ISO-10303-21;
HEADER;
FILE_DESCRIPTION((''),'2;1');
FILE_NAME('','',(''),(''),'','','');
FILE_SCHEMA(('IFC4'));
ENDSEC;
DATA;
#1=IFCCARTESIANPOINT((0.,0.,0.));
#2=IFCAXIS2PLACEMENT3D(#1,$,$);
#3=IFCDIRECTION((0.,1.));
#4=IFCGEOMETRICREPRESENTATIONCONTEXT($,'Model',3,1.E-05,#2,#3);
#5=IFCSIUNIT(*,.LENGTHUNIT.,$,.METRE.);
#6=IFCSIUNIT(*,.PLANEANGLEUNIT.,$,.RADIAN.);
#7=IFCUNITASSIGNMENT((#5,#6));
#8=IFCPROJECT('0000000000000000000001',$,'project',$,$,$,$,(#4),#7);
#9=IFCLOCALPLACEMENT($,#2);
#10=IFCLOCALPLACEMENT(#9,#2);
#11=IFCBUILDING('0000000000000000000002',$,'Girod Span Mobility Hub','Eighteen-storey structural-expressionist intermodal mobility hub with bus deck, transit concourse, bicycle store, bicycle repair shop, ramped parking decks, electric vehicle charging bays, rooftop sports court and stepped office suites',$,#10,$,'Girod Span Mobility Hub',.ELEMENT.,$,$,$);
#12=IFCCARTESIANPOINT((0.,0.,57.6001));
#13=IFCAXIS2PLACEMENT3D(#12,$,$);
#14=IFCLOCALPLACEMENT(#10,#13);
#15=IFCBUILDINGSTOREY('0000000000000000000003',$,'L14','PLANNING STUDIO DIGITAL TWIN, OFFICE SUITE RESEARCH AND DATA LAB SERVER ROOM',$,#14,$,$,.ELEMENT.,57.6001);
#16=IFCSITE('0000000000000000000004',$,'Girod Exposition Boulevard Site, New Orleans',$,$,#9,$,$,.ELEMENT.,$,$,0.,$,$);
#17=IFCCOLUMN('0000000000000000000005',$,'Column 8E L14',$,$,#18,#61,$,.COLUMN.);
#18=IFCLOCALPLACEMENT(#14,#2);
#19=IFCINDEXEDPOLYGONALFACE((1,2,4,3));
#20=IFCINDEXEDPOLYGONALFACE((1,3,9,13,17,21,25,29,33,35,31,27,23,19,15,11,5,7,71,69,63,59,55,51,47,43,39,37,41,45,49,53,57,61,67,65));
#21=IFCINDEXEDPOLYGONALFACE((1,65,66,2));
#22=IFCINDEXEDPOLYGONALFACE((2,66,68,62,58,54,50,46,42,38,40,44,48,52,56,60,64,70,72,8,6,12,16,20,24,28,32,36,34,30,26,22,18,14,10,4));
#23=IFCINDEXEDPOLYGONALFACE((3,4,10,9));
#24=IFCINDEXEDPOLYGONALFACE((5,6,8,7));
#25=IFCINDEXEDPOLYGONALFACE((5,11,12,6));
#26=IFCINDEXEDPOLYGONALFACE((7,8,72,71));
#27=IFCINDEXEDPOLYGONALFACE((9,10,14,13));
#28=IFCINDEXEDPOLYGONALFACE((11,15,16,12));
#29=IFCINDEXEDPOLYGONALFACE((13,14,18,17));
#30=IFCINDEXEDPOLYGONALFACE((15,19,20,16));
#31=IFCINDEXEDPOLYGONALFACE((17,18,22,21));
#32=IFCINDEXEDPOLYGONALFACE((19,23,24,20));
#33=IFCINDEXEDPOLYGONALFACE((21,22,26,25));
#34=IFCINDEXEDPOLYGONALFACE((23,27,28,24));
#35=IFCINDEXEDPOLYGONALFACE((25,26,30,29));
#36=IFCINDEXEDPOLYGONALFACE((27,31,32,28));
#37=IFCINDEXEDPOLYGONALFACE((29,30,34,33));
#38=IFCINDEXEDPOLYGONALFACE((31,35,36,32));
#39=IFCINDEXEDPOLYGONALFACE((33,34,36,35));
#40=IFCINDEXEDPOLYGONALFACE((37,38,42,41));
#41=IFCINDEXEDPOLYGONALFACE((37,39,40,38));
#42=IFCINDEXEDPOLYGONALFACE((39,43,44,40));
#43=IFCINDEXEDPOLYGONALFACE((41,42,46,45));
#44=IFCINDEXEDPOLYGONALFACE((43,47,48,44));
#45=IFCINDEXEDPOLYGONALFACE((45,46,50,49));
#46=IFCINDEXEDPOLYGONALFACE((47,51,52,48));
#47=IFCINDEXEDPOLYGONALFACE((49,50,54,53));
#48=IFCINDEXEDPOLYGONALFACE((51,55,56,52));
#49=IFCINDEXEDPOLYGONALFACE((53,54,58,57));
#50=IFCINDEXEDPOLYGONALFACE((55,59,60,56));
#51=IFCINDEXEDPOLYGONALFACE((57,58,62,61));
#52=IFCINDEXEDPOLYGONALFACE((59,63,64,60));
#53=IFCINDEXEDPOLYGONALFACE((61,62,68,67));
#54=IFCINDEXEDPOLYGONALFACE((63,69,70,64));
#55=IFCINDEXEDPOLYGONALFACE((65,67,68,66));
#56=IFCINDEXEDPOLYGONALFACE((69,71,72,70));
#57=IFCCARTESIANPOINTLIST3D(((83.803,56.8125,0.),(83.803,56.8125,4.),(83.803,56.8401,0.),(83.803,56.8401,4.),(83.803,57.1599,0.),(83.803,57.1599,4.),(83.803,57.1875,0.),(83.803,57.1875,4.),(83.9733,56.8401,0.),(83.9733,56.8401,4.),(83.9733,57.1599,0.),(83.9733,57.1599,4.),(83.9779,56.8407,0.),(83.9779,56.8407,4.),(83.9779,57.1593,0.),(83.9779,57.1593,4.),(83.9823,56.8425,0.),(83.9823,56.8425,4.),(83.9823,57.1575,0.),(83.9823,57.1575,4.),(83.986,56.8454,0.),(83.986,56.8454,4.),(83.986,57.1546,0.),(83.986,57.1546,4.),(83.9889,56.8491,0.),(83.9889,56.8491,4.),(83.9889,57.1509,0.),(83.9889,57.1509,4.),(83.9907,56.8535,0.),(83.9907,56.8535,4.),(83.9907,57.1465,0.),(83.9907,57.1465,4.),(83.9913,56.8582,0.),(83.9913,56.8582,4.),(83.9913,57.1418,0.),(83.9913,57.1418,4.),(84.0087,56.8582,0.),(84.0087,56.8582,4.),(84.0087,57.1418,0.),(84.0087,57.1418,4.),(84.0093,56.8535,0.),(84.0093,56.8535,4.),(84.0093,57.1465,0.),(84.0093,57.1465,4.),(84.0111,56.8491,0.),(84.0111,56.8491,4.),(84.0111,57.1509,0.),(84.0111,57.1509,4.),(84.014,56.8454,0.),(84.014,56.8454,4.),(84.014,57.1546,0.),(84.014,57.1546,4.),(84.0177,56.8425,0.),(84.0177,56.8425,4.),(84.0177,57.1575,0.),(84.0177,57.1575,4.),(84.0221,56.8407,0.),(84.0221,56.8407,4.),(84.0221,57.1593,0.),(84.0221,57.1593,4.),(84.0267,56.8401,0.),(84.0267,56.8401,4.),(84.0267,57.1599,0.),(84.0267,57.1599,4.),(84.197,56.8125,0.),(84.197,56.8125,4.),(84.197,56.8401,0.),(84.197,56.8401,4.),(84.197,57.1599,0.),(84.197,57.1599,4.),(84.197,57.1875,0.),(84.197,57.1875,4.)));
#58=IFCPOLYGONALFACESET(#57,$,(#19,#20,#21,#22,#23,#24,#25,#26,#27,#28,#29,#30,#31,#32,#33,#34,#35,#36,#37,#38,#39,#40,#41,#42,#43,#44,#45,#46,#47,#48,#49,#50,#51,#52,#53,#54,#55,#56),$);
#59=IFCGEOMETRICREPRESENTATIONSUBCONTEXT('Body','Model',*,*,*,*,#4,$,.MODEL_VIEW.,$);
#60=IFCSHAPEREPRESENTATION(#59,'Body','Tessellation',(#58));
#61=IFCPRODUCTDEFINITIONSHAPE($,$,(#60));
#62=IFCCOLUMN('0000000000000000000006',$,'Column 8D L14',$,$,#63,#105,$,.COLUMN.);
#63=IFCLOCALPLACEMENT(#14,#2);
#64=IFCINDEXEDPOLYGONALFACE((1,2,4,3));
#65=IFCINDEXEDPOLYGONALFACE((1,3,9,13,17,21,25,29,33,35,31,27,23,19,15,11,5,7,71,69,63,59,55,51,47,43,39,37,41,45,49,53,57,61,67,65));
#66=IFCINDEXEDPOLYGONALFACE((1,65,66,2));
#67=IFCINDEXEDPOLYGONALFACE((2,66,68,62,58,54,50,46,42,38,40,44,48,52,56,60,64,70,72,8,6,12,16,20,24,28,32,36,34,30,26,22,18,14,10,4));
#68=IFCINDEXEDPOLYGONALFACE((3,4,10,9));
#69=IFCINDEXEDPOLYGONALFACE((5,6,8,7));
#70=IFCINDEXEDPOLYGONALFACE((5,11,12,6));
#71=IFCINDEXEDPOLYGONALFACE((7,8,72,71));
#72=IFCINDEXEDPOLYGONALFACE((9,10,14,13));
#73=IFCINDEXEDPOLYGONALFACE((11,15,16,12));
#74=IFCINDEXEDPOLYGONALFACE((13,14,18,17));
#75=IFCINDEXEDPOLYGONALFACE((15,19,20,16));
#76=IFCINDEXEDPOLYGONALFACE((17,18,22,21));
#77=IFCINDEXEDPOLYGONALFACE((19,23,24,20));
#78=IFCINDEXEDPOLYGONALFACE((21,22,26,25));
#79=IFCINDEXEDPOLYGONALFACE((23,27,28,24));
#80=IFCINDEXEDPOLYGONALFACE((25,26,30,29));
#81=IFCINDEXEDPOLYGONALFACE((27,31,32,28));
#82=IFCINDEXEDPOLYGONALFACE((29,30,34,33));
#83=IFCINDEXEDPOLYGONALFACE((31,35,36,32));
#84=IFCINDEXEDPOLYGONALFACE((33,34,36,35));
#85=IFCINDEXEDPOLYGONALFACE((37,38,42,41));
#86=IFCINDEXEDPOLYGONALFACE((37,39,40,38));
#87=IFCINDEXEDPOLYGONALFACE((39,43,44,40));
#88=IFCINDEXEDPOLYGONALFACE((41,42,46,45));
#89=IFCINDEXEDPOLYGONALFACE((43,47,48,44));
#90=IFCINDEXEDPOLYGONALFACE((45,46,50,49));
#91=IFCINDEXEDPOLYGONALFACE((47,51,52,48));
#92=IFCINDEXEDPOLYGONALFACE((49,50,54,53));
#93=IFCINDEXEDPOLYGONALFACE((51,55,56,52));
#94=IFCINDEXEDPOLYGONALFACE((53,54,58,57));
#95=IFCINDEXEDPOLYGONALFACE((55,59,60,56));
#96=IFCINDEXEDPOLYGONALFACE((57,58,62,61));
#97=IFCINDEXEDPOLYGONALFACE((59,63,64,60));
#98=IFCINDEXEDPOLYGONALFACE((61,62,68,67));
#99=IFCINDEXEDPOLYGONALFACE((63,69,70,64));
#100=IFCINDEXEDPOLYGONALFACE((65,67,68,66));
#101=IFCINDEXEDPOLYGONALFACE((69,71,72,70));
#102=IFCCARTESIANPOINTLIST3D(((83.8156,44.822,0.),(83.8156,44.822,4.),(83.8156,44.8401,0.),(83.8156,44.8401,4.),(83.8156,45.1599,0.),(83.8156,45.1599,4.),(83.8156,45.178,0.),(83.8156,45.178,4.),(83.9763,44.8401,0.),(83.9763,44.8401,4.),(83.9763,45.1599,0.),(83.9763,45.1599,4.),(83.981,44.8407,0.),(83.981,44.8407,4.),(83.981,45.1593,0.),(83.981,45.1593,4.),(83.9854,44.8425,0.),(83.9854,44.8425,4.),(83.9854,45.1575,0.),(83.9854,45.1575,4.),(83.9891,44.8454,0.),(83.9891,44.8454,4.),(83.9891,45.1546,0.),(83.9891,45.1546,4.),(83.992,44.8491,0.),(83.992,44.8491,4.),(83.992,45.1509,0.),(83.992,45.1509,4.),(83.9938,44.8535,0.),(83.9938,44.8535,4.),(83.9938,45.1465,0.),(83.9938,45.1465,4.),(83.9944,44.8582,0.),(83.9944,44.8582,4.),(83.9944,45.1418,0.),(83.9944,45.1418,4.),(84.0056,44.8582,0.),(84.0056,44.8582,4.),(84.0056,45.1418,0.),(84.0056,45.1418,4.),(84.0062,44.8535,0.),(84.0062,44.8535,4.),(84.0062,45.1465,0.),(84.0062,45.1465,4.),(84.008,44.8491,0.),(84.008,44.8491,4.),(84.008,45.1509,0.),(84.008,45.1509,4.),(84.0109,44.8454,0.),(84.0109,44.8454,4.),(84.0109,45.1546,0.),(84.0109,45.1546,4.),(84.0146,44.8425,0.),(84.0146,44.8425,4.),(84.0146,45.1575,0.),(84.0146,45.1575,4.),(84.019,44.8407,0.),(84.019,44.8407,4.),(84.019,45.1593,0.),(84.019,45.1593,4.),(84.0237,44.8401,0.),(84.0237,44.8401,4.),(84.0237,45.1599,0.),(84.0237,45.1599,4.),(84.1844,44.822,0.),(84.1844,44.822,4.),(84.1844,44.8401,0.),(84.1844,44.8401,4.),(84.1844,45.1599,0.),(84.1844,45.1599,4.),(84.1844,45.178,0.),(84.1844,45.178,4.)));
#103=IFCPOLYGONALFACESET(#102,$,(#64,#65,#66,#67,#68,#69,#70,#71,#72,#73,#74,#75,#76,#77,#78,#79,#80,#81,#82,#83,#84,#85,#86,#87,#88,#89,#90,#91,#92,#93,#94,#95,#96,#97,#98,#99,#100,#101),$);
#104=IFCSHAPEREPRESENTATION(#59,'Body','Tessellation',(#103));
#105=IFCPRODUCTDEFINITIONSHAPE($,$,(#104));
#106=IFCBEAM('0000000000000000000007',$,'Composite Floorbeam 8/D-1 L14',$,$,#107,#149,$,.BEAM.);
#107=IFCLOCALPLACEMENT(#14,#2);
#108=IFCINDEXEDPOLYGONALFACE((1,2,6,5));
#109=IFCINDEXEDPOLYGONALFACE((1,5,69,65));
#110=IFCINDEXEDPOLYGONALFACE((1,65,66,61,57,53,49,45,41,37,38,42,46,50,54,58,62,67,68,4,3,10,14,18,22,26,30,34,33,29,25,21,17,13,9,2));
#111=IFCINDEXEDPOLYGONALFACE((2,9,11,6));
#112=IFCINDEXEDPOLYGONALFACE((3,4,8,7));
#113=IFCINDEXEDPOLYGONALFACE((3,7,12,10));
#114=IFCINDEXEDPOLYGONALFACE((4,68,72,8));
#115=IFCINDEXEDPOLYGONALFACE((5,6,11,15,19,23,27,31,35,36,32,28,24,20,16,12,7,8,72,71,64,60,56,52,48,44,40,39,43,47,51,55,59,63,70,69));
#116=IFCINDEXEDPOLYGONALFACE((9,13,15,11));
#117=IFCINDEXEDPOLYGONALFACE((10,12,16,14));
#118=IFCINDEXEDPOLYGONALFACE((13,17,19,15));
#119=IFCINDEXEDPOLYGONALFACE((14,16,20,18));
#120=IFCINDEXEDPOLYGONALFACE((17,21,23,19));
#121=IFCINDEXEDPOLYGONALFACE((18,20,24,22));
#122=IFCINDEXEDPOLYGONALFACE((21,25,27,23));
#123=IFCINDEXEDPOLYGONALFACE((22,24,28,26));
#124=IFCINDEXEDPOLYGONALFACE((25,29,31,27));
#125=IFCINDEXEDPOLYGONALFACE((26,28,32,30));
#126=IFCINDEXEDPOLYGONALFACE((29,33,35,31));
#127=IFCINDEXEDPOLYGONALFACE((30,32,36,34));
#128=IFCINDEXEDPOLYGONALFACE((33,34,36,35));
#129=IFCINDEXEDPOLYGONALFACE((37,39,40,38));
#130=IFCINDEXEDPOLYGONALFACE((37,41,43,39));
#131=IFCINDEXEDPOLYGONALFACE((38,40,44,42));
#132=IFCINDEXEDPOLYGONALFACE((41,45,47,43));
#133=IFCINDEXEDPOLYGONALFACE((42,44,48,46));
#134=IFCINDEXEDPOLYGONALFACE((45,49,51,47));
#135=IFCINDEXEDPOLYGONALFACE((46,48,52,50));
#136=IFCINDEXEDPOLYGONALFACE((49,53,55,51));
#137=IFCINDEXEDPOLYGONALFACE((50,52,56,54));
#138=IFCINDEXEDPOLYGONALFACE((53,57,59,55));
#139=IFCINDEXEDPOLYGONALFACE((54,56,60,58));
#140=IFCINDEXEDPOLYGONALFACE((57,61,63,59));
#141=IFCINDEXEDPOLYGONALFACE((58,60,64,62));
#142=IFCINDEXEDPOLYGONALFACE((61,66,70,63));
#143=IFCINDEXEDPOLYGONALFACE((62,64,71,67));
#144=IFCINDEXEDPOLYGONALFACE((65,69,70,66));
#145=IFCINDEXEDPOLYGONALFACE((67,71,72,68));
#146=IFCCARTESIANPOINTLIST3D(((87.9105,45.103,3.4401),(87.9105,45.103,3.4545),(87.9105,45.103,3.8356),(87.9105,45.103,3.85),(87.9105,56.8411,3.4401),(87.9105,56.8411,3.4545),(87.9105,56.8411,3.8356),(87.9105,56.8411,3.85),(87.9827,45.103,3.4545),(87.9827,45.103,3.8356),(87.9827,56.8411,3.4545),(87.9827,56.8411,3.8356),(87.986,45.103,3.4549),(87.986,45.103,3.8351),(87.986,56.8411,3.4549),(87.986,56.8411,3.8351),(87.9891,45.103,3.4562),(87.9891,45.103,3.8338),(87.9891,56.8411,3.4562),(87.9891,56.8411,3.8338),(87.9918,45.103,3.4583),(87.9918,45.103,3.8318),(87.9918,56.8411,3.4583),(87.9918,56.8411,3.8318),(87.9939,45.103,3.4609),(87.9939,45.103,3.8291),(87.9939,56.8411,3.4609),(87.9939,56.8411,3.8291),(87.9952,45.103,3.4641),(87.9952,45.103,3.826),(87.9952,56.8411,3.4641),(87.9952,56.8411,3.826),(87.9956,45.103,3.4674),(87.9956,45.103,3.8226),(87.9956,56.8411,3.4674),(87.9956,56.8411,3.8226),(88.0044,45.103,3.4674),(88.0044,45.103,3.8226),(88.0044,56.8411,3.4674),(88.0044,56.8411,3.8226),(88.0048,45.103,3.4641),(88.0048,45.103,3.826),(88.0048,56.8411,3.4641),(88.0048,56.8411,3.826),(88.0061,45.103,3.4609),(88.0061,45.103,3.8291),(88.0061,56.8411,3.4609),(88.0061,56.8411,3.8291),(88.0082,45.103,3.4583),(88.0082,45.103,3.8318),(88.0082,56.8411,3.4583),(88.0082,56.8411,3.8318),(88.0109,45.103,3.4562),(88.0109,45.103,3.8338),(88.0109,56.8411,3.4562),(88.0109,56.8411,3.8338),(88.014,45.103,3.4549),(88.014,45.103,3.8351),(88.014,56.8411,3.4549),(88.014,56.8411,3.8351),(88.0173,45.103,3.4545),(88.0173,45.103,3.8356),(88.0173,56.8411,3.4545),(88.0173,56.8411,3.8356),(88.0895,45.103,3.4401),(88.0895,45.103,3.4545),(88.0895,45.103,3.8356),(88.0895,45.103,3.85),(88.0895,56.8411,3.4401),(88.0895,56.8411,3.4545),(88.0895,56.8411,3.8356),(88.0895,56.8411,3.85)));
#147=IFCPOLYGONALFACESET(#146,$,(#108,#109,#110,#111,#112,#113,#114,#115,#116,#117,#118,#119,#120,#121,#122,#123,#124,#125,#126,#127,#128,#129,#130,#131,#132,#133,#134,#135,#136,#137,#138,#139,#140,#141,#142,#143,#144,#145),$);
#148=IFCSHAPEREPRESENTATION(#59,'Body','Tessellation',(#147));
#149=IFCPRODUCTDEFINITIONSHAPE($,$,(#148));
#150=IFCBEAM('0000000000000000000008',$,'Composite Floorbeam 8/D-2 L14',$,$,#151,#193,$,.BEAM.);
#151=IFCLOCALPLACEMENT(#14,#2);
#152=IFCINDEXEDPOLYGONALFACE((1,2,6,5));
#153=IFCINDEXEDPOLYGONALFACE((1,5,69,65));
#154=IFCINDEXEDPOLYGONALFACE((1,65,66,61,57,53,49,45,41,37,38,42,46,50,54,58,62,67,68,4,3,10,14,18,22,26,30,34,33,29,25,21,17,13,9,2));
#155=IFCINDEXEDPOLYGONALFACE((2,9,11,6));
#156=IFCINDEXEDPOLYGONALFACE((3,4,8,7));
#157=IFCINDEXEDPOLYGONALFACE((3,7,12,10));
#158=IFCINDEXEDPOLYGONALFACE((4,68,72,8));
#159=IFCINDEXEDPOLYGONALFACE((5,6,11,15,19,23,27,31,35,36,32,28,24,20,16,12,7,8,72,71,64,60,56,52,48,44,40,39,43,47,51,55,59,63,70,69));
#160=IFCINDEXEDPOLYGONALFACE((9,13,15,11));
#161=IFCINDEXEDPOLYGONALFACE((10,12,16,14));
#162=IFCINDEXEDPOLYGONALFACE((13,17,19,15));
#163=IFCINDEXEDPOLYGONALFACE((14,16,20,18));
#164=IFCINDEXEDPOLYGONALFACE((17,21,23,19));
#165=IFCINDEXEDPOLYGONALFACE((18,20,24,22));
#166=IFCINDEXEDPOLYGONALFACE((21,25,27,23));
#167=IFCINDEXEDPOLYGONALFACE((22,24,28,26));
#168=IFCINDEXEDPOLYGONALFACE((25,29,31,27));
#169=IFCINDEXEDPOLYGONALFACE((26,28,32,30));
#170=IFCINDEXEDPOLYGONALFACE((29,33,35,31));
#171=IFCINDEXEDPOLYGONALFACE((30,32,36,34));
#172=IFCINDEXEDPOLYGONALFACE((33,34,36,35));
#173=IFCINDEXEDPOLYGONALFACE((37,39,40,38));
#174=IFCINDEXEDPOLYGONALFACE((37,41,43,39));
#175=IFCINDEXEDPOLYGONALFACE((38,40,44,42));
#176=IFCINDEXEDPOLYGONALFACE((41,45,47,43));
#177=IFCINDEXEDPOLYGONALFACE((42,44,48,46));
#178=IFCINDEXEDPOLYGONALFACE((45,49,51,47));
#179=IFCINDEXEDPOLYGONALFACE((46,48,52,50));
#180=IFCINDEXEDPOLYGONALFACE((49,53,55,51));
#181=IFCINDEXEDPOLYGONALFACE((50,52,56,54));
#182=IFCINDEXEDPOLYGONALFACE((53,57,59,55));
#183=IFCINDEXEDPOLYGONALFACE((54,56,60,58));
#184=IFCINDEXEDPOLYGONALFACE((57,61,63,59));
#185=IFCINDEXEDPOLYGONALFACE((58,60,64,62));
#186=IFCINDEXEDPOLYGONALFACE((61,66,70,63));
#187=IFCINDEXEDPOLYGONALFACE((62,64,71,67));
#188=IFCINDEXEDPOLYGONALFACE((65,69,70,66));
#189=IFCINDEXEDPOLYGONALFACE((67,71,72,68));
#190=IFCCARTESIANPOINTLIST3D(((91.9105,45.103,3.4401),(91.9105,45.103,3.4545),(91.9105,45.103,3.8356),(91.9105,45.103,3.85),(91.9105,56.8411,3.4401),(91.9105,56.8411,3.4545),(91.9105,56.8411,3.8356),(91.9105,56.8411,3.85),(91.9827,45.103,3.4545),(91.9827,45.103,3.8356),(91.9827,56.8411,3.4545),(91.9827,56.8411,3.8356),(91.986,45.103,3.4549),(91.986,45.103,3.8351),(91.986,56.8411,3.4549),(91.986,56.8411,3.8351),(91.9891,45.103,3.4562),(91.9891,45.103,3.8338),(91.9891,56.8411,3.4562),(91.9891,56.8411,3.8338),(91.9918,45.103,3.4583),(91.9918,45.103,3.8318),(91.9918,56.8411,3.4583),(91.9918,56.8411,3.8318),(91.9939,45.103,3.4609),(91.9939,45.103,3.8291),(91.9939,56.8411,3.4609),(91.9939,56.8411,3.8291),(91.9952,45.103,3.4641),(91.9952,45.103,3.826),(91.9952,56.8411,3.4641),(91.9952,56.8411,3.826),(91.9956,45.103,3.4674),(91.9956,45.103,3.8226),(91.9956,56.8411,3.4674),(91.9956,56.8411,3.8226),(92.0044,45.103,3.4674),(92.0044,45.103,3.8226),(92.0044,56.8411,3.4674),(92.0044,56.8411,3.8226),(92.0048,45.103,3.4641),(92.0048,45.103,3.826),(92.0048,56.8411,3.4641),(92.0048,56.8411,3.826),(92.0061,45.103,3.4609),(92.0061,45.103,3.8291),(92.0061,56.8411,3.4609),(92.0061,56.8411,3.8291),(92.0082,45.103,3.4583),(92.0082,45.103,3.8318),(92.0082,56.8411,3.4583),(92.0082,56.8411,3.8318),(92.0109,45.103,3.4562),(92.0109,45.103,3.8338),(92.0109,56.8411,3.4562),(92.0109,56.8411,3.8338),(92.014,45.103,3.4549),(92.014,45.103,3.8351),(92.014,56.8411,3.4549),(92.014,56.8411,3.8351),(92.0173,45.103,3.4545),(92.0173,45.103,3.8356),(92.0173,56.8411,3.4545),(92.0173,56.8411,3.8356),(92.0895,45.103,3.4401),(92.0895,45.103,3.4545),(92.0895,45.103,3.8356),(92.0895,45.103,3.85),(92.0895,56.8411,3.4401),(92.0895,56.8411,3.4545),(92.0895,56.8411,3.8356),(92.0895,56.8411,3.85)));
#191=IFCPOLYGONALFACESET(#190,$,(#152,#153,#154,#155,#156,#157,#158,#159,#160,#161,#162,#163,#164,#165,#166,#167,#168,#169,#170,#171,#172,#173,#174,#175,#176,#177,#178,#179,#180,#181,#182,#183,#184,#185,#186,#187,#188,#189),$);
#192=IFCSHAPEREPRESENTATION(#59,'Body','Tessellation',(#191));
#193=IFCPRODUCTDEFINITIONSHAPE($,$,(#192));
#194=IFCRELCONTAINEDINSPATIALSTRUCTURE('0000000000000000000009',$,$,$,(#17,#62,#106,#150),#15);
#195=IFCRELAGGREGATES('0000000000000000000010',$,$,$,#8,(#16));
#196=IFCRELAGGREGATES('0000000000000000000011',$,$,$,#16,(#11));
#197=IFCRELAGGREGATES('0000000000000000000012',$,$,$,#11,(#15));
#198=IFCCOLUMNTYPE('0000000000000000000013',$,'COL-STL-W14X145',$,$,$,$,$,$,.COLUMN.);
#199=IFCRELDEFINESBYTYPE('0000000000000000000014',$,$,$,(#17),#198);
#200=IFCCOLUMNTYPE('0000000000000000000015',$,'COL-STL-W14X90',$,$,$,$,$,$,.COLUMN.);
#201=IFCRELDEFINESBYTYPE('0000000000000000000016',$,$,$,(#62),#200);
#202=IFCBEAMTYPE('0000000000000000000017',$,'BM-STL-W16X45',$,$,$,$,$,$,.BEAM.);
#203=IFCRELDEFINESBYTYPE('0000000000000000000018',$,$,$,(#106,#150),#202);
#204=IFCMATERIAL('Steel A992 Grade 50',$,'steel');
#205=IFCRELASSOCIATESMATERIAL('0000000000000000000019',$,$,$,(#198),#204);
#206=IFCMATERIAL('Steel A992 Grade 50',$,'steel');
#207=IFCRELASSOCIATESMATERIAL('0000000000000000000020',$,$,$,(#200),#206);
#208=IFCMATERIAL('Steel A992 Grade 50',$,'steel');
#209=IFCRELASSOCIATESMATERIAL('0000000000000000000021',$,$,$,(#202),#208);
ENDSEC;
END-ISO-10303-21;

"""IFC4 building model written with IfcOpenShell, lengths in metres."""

from ifc_helpers import new_model, si_unit, direction, frame, origin, origin_2d, place, context, subcontext, project, spatial, i_section, extrude, material, material_profile, profile_set, type_object, element, save


model = new_model("IFC4")

# Units and contexts
model_context = context("Model", 3, precision=1e-05, world=origin(), true_north=direction((0.0, 1.0)))
body_context = subcontext(model_context, "Body", "Model", "MODEL_VIEW")
ifc_project = project(units=[si_unit("LENGTHUNIT", "METRE"), si_unit("PLANEANGLEUNIT", "RADIAN")], contexts=[model_context])

# Site, building, storey
site_placement = place(None, origin())
site = spatial("IfcSite", under=ifc_project, at=site_placement, Name="Girod Exposition Boulevard Site, New Orleans", CompositionType="ELEMENT", RefElevation=0.0)
building_placement = place(site_placement, origin())
building = spatial("IfcBuilding", under=site, at=building_placement, Name="Girod Span Mobility Hub", Description="Eighteen-storey structural-expressionist intermodal mobility hub with bus deck, transit concourse, bicycle store, bicycle repair shop, ramped parking decks, electric vehicle charging bays, rooftop sports court and stepped office suites", LongName="Girod Span Mobility Hub", CompositionType="ELEMENT")
storey_placement = place(building_placement, frame((0.0, 0.0, 57.6001)))
storey = spatial("IfcBuildingStorey", under=building, at=storey_placement, Name="L14", Description="PLANNING STUDIO DIGITAL TWIN, OFFICE SUITE RESEARCH AND DATA LAB SERVER ROOM", CompositionType="ELEMENT", Elevation=57.6001)

# Columns
ifc_material_1 = material(Name="Steel A992 Grade 50", Category="steel")
ifc_material_profile_1 = material_profile(ifc_material_1, i_section(OverallWidth=0.394, OverallDepth=0.375, WebThickness=0.0173, FlangeThickness=0.0276, FilletRadius=0.0181, at=origin_2d()), Name="W14X145")
ifc_profile_set_1 = profile_set([ifc_material_profile_1], Name="Steel A992 Grade 50")
column_type_1 = type_object("IfcColumnType", Name="COL-STL-W14X145", PredefinedType="COLUMN", material=ifc_profile_set_1)
column_1_placement = place(storey_placement, frame((84.0, 57.0, 0.0), z_axis=(0.0, 0.0, 1.0), x_axis=(1.0, 0.0, 0.0)))
element("IfcColumn", 1, at=column_1_placement, inside=storey, type_object=column_type_1, Name="Column 8E L14", PredefinedType="COLUMN", context=body_context, shape_type="SweptSolid", body=[
    extrude(i_section(OverallWidth=0.394, OverallDepth=0.375, WebThickness=0.0173, FlangeThickness=0.0276, FilletRadius=0.0181, at=origin_2d()), origin(), (0.0, 0.0, 1.0), 4.0),
])
ifc_material_2 = material(Name="Steel A992 Grade 50", Category="steel")
ifc_material_profile_2 = material_profile(ifc_material_2, i_section(OverallWidth=0.3689, OverallDepth=0.356, WebThickness=0.0112, FlangeThickness=0.0181, FilletRadius=0.0181, at=origin_2d()), Name="W14X90")
ifc_profile_set_2 = profile_set([ifc_material_profile_2], Name="Steel A992 Grade 50")
column_type_2 = type_object("IfcColumnType", Name="COL-STL-W14X90", PredefinedType="COLUMN", material=ifc_profile_set_2)
column_2_placement = place(storey_placement, frame((84.0, 45.0, 0.0), z_axis=(0.0, 0.0, 1.0), x_axis=(1.0, 0.0, 0.0)))
element("IfcColumn", 2, at=column_2_placement, inside=storey, type_object=column_type_2, Name="Column 8D L14", PredefinedType="COLUMN", context=body_context, shape_type="SweptSolid", body=[
    extrude(i_section(OverallWidth=0.3689, OverallDepth=0.356, WebThickness=0.0112, FlangeThickness=0.0181, FilletRadius=0.0181, at=origin_2d()), origin(), (0.0, 0.0, 1.0), 4.0),
])

# Beams
ifc_material_3 = material(Name="Steel A992 Grade 50", Category="steel")
ifc_material_profile_3 = material_profile(ifc_material_3, i_section(OverallWidth=0.179, OverallDepth=0.4099, WebThickness=0.0088, FlangeThickness=0.0144, FilletRadius=0.0129, at=origin_2d()), Name="W16X45")
ifc_profile_set_3 = profile_set([ifc_material_profile_3], Name="Steel A992 Grade 50")
beam_type_1 = type_object("IfcBeamType", Name="BM-STL-W16X45", PredefinedType="BEAM", material=ifc_profile_set_3)
for number, where, z_axis, x_axis, name in (
    (3, (88.0, 45.103, 3.645), (0.0, 1.0, 0.0), (-1.0, 0.0, 0.0), "Composite Floorbeam 8/D-1 L14"),
    (4, (92.0, 45.103, 3.645), (0.0, 1.0, 0.0), (-1.0, 0.0, 0.0), "Composite Floorbeam 8/D-2 L14"),
):
    element("IfcBeam", number, at=place(storey_placement, frame(where, z_axis=z_axis, x_axis=x_axis)), inside=storey, type_object=beam_type_1, Name=name, PredefinedType="BEAM", context=body_context, shape_type="SweptSolid", body=[
        extrude(i_section(OverallWidth=0.179, OverallDepth=0.4099, WebThickness=0.0088, FlangeThickness=0.0144, FilletRadius=0.0129, at=origin_2d()), origin(), (0.0, 0.0, 1.0), 11.738),
    ])

save(model, "model.ifc")
